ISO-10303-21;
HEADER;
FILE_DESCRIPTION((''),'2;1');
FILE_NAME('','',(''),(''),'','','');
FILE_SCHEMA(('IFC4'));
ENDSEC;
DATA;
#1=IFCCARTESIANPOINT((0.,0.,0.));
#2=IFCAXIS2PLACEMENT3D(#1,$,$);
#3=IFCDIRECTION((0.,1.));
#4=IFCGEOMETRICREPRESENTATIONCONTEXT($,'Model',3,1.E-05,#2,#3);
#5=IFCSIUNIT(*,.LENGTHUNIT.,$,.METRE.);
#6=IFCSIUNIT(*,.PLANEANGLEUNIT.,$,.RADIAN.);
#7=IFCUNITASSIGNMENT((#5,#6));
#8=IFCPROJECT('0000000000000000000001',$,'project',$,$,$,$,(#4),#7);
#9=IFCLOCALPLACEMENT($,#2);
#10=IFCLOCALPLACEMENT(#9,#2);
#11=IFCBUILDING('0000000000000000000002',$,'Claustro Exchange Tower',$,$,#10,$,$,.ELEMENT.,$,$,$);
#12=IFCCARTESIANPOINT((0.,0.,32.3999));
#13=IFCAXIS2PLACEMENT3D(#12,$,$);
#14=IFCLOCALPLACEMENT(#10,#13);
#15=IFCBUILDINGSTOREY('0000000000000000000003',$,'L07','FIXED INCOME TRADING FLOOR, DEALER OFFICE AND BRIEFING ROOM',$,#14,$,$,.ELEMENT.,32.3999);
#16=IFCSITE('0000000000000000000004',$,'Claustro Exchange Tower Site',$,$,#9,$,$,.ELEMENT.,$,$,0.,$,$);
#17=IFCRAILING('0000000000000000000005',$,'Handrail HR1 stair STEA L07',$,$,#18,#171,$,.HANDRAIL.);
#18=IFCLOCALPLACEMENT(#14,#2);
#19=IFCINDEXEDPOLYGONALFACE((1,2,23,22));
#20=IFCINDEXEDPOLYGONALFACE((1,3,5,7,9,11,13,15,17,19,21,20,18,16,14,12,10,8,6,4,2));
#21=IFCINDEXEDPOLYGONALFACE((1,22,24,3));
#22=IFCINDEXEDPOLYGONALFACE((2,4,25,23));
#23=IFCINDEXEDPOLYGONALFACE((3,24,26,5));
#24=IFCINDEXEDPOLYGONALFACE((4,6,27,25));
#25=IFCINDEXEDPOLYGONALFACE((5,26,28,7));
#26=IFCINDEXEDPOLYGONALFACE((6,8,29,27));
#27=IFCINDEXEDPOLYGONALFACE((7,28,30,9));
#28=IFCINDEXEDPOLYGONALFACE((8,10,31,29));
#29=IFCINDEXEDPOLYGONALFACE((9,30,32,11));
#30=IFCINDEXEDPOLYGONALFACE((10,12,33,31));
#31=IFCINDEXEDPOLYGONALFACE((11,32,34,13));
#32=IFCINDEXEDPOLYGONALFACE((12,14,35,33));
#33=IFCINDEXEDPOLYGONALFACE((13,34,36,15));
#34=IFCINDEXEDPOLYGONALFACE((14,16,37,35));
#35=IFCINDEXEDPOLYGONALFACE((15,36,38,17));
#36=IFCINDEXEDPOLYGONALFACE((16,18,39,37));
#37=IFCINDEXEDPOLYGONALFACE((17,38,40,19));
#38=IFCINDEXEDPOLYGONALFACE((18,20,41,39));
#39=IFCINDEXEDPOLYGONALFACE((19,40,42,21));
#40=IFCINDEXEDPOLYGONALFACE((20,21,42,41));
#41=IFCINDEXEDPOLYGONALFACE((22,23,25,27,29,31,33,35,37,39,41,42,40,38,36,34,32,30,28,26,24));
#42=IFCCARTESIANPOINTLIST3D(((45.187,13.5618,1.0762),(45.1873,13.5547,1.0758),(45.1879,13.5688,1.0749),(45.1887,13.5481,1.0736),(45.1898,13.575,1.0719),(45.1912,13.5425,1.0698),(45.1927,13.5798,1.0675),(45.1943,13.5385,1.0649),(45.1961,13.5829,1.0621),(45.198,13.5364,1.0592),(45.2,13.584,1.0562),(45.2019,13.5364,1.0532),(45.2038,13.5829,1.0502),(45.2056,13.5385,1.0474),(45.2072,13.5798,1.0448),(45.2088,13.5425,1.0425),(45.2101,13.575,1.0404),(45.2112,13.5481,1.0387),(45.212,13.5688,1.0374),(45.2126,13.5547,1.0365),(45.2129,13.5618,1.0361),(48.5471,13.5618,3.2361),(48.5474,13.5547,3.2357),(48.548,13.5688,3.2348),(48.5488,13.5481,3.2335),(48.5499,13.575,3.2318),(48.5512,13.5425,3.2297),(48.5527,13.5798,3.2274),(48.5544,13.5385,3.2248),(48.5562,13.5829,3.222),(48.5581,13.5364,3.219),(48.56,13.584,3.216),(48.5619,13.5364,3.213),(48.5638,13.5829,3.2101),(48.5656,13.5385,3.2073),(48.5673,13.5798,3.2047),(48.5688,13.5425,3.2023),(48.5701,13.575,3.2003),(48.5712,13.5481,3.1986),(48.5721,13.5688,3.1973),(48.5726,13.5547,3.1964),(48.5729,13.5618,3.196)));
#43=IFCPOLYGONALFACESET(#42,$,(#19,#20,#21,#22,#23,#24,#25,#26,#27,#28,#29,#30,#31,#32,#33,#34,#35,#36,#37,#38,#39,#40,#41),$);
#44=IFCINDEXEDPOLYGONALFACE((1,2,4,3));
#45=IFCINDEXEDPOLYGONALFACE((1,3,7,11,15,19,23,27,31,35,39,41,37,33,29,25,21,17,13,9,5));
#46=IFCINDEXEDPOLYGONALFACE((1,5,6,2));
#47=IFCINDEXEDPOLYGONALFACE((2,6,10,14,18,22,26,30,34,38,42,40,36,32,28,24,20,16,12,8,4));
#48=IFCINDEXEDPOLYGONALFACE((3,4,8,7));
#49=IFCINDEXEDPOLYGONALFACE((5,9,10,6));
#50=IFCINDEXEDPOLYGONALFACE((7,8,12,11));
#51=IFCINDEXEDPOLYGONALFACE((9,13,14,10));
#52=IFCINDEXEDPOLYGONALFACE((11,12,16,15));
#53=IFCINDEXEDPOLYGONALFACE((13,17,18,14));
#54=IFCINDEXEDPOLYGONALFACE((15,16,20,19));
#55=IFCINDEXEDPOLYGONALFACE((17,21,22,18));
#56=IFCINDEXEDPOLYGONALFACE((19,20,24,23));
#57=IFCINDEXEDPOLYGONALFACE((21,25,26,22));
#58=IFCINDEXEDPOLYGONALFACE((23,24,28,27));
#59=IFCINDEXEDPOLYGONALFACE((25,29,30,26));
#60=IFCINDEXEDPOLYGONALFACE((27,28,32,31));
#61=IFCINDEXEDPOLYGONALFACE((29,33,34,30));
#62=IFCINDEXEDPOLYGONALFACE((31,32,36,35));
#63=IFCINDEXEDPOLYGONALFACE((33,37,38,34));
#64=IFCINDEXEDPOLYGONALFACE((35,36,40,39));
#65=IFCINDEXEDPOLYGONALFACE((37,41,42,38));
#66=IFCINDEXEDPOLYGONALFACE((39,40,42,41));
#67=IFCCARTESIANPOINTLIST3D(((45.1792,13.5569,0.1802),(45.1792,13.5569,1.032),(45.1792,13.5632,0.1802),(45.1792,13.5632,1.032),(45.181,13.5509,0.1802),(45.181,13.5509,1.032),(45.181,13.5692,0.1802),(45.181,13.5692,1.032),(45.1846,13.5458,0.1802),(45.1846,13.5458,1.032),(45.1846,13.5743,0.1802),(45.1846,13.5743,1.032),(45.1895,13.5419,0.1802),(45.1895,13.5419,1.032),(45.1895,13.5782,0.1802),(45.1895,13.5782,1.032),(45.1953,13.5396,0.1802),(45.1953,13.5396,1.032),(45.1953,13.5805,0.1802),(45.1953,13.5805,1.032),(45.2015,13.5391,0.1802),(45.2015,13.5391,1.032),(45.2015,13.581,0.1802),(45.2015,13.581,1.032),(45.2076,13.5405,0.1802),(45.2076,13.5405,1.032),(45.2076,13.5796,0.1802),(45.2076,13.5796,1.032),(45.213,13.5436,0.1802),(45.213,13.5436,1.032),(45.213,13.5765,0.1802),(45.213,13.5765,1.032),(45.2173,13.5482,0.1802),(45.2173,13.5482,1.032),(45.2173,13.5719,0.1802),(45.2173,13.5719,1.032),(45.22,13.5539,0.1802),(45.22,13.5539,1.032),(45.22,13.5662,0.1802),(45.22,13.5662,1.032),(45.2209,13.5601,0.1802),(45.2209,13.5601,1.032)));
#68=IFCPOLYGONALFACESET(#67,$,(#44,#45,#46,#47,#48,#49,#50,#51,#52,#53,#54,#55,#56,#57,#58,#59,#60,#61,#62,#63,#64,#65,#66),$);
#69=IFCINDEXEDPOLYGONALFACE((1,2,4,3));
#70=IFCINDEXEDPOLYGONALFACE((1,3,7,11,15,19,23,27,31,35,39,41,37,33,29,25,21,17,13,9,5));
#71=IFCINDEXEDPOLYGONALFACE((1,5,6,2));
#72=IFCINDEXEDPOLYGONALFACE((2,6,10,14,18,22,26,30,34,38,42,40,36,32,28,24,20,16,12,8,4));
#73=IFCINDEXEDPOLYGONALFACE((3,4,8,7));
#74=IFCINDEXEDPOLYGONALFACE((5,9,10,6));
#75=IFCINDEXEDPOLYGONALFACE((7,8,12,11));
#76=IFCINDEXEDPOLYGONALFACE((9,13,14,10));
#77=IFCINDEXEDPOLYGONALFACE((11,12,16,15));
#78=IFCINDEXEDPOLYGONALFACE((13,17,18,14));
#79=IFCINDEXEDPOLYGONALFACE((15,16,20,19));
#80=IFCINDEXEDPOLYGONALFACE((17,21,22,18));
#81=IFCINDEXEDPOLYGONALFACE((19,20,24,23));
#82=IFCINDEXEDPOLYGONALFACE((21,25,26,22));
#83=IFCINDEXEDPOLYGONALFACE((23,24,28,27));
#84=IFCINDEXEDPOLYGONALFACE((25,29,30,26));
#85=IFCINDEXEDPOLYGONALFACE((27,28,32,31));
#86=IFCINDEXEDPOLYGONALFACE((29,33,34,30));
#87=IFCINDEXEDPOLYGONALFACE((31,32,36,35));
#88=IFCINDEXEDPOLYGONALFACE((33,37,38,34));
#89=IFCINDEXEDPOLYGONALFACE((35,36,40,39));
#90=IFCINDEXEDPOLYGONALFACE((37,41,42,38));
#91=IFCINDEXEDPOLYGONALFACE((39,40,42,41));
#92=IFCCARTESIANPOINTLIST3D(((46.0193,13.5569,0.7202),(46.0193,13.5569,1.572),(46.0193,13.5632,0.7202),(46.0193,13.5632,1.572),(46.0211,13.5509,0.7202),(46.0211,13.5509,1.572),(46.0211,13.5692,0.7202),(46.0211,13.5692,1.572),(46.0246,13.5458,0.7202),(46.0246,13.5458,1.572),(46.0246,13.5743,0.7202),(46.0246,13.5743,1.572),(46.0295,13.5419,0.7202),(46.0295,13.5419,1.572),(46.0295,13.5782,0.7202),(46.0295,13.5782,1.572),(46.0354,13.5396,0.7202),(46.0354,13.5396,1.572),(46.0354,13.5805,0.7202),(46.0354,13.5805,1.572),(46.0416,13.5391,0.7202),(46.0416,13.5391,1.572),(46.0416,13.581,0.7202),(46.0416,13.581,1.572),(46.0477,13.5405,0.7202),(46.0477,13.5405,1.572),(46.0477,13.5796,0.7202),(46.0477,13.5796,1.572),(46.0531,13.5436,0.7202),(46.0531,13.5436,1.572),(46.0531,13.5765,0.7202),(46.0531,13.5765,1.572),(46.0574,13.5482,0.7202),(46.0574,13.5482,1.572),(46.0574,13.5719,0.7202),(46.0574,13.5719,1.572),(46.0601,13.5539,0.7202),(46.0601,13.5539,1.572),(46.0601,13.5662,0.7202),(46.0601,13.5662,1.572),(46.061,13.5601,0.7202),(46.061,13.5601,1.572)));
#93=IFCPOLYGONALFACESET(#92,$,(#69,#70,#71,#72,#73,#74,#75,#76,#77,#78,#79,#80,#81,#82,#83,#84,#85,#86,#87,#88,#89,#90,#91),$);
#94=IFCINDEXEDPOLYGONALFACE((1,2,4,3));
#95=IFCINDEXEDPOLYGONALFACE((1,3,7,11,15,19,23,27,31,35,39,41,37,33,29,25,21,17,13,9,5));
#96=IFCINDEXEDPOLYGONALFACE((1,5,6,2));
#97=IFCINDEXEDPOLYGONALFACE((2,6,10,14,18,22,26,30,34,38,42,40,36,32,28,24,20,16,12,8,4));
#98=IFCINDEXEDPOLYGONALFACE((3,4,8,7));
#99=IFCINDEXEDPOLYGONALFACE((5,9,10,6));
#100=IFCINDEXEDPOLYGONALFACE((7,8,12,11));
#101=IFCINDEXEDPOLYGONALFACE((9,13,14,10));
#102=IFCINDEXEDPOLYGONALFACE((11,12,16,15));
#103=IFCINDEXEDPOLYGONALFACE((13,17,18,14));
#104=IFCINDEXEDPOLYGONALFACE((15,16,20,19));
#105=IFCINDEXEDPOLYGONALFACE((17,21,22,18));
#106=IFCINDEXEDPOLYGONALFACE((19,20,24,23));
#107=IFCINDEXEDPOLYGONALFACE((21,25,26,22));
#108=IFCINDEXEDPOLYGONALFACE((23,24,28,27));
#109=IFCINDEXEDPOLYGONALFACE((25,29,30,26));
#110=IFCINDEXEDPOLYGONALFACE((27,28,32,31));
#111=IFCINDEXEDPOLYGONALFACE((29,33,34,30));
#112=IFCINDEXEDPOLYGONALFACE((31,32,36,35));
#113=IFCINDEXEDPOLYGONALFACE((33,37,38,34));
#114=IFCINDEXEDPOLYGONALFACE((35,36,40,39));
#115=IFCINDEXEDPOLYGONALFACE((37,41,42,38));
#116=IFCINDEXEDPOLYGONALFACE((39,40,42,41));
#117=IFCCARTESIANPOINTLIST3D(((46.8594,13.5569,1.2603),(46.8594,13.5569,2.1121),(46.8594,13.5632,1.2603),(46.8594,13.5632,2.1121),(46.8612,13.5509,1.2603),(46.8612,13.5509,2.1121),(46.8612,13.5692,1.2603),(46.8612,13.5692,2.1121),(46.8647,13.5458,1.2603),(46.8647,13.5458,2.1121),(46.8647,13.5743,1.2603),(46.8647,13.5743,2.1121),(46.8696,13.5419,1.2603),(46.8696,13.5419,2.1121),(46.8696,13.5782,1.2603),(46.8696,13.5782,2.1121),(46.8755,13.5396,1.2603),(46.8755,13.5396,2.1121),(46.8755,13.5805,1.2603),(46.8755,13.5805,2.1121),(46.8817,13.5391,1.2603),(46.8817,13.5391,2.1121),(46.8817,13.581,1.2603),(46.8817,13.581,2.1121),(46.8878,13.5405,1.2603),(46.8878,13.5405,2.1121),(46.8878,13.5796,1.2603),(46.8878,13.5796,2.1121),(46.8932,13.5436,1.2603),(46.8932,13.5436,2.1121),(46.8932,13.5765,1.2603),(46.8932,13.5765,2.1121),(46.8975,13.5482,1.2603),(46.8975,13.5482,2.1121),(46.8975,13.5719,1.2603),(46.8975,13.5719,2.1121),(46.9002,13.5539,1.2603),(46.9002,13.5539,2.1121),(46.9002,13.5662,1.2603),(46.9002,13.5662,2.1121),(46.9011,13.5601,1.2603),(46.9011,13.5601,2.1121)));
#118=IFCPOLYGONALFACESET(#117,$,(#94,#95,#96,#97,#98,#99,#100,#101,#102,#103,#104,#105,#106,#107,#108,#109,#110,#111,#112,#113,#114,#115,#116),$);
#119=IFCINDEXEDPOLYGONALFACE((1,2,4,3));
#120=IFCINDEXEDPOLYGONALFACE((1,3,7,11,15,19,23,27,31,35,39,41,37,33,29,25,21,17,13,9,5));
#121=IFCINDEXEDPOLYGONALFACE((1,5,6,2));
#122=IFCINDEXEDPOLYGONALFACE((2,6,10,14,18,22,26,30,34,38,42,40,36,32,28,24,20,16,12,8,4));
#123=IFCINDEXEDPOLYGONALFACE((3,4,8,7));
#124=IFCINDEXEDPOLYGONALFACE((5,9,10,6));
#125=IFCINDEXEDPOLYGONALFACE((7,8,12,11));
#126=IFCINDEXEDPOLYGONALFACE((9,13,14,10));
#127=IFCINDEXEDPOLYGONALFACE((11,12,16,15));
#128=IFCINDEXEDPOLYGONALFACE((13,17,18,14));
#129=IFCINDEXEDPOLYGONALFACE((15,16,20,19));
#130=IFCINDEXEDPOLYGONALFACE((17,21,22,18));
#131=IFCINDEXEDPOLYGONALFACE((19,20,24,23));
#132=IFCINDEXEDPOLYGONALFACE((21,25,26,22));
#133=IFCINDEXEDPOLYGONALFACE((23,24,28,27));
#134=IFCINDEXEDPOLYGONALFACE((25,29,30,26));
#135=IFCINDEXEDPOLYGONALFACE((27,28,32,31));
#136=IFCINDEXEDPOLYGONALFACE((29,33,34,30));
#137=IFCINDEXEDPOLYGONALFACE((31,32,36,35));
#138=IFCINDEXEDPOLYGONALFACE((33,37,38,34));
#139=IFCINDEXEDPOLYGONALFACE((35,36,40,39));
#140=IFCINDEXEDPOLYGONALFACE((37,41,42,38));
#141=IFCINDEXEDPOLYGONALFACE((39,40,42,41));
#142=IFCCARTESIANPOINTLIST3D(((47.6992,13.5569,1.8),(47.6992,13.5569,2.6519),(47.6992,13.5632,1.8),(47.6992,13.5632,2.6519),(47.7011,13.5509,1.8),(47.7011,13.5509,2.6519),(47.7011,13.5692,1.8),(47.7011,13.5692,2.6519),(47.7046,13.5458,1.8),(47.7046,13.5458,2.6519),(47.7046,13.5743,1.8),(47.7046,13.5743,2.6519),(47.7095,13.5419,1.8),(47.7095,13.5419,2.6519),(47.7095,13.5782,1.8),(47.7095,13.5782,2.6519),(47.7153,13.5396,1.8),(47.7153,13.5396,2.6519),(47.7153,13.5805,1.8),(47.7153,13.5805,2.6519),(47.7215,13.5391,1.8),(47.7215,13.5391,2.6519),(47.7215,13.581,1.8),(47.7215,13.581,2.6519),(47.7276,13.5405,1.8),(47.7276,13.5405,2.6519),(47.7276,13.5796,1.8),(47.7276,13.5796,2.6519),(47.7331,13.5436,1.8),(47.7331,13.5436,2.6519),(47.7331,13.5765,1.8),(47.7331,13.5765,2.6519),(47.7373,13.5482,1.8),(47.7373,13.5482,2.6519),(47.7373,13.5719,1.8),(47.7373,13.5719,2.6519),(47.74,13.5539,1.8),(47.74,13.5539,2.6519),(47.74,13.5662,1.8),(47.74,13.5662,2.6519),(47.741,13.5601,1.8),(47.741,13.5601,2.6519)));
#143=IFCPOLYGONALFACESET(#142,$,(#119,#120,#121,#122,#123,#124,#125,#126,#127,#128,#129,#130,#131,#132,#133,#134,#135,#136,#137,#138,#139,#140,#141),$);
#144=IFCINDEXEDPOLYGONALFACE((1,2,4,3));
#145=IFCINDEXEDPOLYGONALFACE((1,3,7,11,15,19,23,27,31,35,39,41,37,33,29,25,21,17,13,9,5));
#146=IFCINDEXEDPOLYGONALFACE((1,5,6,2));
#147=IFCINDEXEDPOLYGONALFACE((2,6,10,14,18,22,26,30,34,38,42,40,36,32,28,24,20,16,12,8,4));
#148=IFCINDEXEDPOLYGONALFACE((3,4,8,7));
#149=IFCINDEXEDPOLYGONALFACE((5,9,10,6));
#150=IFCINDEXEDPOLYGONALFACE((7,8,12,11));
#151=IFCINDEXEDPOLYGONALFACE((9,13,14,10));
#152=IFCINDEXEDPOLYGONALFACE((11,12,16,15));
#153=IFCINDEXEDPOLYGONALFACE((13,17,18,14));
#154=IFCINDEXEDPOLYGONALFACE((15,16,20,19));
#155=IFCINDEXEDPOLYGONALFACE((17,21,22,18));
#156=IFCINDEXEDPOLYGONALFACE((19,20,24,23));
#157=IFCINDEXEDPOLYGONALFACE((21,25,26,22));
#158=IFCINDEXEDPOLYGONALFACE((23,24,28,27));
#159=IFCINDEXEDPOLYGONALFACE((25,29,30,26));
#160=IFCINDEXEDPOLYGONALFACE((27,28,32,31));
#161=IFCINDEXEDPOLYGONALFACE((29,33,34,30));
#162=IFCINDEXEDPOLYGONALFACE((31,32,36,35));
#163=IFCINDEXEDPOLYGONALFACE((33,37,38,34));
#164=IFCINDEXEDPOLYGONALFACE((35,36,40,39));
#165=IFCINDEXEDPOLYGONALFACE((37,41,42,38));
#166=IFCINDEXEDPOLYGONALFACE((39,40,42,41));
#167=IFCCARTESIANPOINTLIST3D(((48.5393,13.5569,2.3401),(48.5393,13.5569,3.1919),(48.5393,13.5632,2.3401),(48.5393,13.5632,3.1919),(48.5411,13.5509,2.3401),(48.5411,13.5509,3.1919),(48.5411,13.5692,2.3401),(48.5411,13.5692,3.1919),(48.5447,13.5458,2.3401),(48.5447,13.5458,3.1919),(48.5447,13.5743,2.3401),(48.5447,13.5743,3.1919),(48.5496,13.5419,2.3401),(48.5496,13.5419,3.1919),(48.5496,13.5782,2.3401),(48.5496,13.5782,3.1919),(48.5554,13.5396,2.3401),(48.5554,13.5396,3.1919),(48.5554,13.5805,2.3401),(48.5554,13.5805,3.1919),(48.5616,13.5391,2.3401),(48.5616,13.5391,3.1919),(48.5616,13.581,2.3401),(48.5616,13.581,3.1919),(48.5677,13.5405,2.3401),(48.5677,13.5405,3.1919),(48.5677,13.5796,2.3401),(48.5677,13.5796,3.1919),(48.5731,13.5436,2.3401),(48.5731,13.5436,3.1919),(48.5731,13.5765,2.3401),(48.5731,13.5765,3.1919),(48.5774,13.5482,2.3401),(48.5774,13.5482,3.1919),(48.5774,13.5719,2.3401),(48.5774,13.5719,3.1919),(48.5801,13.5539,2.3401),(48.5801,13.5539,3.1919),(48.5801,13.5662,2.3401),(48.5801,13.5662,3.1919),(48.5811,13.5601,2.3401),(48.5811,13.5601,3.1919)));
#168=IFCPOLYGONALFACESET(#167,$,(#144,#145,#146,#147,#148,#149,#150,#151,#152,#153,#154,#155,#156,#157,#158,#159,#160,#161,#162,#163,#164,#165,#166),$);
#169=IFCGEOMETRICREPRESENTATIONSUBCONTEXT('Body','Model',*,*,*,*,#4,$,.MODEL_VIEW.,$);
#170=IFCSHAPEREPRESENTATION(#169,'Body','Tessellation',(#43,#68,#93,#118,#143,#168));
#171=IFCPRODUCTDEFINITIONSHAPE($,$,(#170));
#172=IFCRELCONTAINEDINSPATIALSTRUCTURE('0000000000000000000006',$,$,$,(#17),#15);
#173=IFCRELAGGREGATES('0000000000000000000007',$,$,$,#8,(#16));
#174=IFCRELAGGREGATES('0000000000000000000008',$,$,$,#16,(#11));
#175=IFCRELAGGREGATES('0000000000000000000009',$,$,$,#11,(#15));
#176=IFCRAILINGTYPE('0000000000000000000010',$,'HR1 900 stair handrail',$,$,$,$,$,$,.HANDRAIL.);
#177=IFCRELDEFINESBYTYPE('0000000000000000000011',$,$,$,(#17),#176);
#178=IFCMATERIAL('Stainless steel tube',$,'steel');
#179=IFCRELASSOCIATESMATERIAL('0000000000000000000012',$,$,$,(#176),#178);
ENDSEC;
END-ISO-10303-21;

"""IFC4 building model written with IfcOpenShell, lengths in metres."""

from ifc_helpers import new_model, si_unit, direction, frame, origin, origin_2d, place, context, subcontext, project, spatial, circle, extrude, material, type_object, element, save


model = new_model("IFC4")

# Units and contexts
model_context = context("Model", 3, precision=1e-05, world=origin(), true_north=direction((0.0, 1.0)))
body_context = subcontext(model_context, "Body", "Model", "MODEL_VIEW")
ifc_project = project(units=[si_unit("LENGTHUNIT", "METRE"), si_unit("PLANEANGLEUNIT", "RADIAN")], contexts=[model_context])

# Site, building, storey
site_placement = place(None, origin())
site = spatial("IfcSite", under=ifc_project, at=site_placement, Name="Claustro Exchange Tower Site", CompositionType="ELEMENT", RefElevation=0.0)
building_placement = place(site_placement, origin())
building = spatial("IfcBuilding", under=site, at=building_placement, Name="Claustro Exchange Tower", CompositionType="ELEMENT")
storey_placement = place(building_placement, frame((0.0, 0.0, 32.3999)))
storey = spatial("IfcBuildingStorey", under=building, at=storey_placement, Name="L07", Description="FIXED INCOME TRADING FLOOR, DEALER OFFICE AND BRIEFING ROOM", CompositionType="ELEMENT", Elevation=32.3999)

# Railing
ifc_material_1 = material(Name="Stainless steel tube", Category="steel")
railing_type_1 = type_object("IfcRailingType", Name="HR1 900 stair handrail", PredefinedType="HANDRAIL", material=ifc_material_1)
railing_1_placement = place(storey_placement, frame((45.2, 13.5601, 0.1802)))
element("IfcRailing", 1, at=railing_1_placement, inside=storey, type_object=railing_type_1, Name="Handrail HR1 stair STEA L07", PredefinedType="HANDRAIL", context=body_context, shape_type="SweptSolid", body=[
    extrude(circle(Radius=0.0239, at=origin_2d()), frame((0.0, 0.0, 0.876), z_axis=(0.841196, 0.0, 0.54073), x_axis=(0.0, 1.0, 0.0)), (0.0, 0.0, 1.0), 3.9944),
    extrude(circle(Radius=0.021, at=origin_2d()), origin(), (0.0, 0.0, 1.0), 0.8518),
    extrude(circle(Radius=0.021, at=origin_2d()), frame((0.8401, 0.0, 0.54)), (0.0, 0.0, 1.0), 0.8518),
    extrude(circle(Radius=0.021, at=origin_2d()), frame((1.6802, 0.0, 1.0801)), (0.0, 0.0, 1.0), 0.8518),
    extrude(circle(Radius=0.021, at=origin_2d()), frame((2.52, 0.0, 1.6199)), (0.0, 0.0, 1.0), 0.8518),
    extrude(circle(Radius=0.021, at=origin_2d()), frame((3.3601, 0.0, 2.1599)), (0.0, 0.0, 1.0), 0.8518),
])

save(model, "model.ifc")
